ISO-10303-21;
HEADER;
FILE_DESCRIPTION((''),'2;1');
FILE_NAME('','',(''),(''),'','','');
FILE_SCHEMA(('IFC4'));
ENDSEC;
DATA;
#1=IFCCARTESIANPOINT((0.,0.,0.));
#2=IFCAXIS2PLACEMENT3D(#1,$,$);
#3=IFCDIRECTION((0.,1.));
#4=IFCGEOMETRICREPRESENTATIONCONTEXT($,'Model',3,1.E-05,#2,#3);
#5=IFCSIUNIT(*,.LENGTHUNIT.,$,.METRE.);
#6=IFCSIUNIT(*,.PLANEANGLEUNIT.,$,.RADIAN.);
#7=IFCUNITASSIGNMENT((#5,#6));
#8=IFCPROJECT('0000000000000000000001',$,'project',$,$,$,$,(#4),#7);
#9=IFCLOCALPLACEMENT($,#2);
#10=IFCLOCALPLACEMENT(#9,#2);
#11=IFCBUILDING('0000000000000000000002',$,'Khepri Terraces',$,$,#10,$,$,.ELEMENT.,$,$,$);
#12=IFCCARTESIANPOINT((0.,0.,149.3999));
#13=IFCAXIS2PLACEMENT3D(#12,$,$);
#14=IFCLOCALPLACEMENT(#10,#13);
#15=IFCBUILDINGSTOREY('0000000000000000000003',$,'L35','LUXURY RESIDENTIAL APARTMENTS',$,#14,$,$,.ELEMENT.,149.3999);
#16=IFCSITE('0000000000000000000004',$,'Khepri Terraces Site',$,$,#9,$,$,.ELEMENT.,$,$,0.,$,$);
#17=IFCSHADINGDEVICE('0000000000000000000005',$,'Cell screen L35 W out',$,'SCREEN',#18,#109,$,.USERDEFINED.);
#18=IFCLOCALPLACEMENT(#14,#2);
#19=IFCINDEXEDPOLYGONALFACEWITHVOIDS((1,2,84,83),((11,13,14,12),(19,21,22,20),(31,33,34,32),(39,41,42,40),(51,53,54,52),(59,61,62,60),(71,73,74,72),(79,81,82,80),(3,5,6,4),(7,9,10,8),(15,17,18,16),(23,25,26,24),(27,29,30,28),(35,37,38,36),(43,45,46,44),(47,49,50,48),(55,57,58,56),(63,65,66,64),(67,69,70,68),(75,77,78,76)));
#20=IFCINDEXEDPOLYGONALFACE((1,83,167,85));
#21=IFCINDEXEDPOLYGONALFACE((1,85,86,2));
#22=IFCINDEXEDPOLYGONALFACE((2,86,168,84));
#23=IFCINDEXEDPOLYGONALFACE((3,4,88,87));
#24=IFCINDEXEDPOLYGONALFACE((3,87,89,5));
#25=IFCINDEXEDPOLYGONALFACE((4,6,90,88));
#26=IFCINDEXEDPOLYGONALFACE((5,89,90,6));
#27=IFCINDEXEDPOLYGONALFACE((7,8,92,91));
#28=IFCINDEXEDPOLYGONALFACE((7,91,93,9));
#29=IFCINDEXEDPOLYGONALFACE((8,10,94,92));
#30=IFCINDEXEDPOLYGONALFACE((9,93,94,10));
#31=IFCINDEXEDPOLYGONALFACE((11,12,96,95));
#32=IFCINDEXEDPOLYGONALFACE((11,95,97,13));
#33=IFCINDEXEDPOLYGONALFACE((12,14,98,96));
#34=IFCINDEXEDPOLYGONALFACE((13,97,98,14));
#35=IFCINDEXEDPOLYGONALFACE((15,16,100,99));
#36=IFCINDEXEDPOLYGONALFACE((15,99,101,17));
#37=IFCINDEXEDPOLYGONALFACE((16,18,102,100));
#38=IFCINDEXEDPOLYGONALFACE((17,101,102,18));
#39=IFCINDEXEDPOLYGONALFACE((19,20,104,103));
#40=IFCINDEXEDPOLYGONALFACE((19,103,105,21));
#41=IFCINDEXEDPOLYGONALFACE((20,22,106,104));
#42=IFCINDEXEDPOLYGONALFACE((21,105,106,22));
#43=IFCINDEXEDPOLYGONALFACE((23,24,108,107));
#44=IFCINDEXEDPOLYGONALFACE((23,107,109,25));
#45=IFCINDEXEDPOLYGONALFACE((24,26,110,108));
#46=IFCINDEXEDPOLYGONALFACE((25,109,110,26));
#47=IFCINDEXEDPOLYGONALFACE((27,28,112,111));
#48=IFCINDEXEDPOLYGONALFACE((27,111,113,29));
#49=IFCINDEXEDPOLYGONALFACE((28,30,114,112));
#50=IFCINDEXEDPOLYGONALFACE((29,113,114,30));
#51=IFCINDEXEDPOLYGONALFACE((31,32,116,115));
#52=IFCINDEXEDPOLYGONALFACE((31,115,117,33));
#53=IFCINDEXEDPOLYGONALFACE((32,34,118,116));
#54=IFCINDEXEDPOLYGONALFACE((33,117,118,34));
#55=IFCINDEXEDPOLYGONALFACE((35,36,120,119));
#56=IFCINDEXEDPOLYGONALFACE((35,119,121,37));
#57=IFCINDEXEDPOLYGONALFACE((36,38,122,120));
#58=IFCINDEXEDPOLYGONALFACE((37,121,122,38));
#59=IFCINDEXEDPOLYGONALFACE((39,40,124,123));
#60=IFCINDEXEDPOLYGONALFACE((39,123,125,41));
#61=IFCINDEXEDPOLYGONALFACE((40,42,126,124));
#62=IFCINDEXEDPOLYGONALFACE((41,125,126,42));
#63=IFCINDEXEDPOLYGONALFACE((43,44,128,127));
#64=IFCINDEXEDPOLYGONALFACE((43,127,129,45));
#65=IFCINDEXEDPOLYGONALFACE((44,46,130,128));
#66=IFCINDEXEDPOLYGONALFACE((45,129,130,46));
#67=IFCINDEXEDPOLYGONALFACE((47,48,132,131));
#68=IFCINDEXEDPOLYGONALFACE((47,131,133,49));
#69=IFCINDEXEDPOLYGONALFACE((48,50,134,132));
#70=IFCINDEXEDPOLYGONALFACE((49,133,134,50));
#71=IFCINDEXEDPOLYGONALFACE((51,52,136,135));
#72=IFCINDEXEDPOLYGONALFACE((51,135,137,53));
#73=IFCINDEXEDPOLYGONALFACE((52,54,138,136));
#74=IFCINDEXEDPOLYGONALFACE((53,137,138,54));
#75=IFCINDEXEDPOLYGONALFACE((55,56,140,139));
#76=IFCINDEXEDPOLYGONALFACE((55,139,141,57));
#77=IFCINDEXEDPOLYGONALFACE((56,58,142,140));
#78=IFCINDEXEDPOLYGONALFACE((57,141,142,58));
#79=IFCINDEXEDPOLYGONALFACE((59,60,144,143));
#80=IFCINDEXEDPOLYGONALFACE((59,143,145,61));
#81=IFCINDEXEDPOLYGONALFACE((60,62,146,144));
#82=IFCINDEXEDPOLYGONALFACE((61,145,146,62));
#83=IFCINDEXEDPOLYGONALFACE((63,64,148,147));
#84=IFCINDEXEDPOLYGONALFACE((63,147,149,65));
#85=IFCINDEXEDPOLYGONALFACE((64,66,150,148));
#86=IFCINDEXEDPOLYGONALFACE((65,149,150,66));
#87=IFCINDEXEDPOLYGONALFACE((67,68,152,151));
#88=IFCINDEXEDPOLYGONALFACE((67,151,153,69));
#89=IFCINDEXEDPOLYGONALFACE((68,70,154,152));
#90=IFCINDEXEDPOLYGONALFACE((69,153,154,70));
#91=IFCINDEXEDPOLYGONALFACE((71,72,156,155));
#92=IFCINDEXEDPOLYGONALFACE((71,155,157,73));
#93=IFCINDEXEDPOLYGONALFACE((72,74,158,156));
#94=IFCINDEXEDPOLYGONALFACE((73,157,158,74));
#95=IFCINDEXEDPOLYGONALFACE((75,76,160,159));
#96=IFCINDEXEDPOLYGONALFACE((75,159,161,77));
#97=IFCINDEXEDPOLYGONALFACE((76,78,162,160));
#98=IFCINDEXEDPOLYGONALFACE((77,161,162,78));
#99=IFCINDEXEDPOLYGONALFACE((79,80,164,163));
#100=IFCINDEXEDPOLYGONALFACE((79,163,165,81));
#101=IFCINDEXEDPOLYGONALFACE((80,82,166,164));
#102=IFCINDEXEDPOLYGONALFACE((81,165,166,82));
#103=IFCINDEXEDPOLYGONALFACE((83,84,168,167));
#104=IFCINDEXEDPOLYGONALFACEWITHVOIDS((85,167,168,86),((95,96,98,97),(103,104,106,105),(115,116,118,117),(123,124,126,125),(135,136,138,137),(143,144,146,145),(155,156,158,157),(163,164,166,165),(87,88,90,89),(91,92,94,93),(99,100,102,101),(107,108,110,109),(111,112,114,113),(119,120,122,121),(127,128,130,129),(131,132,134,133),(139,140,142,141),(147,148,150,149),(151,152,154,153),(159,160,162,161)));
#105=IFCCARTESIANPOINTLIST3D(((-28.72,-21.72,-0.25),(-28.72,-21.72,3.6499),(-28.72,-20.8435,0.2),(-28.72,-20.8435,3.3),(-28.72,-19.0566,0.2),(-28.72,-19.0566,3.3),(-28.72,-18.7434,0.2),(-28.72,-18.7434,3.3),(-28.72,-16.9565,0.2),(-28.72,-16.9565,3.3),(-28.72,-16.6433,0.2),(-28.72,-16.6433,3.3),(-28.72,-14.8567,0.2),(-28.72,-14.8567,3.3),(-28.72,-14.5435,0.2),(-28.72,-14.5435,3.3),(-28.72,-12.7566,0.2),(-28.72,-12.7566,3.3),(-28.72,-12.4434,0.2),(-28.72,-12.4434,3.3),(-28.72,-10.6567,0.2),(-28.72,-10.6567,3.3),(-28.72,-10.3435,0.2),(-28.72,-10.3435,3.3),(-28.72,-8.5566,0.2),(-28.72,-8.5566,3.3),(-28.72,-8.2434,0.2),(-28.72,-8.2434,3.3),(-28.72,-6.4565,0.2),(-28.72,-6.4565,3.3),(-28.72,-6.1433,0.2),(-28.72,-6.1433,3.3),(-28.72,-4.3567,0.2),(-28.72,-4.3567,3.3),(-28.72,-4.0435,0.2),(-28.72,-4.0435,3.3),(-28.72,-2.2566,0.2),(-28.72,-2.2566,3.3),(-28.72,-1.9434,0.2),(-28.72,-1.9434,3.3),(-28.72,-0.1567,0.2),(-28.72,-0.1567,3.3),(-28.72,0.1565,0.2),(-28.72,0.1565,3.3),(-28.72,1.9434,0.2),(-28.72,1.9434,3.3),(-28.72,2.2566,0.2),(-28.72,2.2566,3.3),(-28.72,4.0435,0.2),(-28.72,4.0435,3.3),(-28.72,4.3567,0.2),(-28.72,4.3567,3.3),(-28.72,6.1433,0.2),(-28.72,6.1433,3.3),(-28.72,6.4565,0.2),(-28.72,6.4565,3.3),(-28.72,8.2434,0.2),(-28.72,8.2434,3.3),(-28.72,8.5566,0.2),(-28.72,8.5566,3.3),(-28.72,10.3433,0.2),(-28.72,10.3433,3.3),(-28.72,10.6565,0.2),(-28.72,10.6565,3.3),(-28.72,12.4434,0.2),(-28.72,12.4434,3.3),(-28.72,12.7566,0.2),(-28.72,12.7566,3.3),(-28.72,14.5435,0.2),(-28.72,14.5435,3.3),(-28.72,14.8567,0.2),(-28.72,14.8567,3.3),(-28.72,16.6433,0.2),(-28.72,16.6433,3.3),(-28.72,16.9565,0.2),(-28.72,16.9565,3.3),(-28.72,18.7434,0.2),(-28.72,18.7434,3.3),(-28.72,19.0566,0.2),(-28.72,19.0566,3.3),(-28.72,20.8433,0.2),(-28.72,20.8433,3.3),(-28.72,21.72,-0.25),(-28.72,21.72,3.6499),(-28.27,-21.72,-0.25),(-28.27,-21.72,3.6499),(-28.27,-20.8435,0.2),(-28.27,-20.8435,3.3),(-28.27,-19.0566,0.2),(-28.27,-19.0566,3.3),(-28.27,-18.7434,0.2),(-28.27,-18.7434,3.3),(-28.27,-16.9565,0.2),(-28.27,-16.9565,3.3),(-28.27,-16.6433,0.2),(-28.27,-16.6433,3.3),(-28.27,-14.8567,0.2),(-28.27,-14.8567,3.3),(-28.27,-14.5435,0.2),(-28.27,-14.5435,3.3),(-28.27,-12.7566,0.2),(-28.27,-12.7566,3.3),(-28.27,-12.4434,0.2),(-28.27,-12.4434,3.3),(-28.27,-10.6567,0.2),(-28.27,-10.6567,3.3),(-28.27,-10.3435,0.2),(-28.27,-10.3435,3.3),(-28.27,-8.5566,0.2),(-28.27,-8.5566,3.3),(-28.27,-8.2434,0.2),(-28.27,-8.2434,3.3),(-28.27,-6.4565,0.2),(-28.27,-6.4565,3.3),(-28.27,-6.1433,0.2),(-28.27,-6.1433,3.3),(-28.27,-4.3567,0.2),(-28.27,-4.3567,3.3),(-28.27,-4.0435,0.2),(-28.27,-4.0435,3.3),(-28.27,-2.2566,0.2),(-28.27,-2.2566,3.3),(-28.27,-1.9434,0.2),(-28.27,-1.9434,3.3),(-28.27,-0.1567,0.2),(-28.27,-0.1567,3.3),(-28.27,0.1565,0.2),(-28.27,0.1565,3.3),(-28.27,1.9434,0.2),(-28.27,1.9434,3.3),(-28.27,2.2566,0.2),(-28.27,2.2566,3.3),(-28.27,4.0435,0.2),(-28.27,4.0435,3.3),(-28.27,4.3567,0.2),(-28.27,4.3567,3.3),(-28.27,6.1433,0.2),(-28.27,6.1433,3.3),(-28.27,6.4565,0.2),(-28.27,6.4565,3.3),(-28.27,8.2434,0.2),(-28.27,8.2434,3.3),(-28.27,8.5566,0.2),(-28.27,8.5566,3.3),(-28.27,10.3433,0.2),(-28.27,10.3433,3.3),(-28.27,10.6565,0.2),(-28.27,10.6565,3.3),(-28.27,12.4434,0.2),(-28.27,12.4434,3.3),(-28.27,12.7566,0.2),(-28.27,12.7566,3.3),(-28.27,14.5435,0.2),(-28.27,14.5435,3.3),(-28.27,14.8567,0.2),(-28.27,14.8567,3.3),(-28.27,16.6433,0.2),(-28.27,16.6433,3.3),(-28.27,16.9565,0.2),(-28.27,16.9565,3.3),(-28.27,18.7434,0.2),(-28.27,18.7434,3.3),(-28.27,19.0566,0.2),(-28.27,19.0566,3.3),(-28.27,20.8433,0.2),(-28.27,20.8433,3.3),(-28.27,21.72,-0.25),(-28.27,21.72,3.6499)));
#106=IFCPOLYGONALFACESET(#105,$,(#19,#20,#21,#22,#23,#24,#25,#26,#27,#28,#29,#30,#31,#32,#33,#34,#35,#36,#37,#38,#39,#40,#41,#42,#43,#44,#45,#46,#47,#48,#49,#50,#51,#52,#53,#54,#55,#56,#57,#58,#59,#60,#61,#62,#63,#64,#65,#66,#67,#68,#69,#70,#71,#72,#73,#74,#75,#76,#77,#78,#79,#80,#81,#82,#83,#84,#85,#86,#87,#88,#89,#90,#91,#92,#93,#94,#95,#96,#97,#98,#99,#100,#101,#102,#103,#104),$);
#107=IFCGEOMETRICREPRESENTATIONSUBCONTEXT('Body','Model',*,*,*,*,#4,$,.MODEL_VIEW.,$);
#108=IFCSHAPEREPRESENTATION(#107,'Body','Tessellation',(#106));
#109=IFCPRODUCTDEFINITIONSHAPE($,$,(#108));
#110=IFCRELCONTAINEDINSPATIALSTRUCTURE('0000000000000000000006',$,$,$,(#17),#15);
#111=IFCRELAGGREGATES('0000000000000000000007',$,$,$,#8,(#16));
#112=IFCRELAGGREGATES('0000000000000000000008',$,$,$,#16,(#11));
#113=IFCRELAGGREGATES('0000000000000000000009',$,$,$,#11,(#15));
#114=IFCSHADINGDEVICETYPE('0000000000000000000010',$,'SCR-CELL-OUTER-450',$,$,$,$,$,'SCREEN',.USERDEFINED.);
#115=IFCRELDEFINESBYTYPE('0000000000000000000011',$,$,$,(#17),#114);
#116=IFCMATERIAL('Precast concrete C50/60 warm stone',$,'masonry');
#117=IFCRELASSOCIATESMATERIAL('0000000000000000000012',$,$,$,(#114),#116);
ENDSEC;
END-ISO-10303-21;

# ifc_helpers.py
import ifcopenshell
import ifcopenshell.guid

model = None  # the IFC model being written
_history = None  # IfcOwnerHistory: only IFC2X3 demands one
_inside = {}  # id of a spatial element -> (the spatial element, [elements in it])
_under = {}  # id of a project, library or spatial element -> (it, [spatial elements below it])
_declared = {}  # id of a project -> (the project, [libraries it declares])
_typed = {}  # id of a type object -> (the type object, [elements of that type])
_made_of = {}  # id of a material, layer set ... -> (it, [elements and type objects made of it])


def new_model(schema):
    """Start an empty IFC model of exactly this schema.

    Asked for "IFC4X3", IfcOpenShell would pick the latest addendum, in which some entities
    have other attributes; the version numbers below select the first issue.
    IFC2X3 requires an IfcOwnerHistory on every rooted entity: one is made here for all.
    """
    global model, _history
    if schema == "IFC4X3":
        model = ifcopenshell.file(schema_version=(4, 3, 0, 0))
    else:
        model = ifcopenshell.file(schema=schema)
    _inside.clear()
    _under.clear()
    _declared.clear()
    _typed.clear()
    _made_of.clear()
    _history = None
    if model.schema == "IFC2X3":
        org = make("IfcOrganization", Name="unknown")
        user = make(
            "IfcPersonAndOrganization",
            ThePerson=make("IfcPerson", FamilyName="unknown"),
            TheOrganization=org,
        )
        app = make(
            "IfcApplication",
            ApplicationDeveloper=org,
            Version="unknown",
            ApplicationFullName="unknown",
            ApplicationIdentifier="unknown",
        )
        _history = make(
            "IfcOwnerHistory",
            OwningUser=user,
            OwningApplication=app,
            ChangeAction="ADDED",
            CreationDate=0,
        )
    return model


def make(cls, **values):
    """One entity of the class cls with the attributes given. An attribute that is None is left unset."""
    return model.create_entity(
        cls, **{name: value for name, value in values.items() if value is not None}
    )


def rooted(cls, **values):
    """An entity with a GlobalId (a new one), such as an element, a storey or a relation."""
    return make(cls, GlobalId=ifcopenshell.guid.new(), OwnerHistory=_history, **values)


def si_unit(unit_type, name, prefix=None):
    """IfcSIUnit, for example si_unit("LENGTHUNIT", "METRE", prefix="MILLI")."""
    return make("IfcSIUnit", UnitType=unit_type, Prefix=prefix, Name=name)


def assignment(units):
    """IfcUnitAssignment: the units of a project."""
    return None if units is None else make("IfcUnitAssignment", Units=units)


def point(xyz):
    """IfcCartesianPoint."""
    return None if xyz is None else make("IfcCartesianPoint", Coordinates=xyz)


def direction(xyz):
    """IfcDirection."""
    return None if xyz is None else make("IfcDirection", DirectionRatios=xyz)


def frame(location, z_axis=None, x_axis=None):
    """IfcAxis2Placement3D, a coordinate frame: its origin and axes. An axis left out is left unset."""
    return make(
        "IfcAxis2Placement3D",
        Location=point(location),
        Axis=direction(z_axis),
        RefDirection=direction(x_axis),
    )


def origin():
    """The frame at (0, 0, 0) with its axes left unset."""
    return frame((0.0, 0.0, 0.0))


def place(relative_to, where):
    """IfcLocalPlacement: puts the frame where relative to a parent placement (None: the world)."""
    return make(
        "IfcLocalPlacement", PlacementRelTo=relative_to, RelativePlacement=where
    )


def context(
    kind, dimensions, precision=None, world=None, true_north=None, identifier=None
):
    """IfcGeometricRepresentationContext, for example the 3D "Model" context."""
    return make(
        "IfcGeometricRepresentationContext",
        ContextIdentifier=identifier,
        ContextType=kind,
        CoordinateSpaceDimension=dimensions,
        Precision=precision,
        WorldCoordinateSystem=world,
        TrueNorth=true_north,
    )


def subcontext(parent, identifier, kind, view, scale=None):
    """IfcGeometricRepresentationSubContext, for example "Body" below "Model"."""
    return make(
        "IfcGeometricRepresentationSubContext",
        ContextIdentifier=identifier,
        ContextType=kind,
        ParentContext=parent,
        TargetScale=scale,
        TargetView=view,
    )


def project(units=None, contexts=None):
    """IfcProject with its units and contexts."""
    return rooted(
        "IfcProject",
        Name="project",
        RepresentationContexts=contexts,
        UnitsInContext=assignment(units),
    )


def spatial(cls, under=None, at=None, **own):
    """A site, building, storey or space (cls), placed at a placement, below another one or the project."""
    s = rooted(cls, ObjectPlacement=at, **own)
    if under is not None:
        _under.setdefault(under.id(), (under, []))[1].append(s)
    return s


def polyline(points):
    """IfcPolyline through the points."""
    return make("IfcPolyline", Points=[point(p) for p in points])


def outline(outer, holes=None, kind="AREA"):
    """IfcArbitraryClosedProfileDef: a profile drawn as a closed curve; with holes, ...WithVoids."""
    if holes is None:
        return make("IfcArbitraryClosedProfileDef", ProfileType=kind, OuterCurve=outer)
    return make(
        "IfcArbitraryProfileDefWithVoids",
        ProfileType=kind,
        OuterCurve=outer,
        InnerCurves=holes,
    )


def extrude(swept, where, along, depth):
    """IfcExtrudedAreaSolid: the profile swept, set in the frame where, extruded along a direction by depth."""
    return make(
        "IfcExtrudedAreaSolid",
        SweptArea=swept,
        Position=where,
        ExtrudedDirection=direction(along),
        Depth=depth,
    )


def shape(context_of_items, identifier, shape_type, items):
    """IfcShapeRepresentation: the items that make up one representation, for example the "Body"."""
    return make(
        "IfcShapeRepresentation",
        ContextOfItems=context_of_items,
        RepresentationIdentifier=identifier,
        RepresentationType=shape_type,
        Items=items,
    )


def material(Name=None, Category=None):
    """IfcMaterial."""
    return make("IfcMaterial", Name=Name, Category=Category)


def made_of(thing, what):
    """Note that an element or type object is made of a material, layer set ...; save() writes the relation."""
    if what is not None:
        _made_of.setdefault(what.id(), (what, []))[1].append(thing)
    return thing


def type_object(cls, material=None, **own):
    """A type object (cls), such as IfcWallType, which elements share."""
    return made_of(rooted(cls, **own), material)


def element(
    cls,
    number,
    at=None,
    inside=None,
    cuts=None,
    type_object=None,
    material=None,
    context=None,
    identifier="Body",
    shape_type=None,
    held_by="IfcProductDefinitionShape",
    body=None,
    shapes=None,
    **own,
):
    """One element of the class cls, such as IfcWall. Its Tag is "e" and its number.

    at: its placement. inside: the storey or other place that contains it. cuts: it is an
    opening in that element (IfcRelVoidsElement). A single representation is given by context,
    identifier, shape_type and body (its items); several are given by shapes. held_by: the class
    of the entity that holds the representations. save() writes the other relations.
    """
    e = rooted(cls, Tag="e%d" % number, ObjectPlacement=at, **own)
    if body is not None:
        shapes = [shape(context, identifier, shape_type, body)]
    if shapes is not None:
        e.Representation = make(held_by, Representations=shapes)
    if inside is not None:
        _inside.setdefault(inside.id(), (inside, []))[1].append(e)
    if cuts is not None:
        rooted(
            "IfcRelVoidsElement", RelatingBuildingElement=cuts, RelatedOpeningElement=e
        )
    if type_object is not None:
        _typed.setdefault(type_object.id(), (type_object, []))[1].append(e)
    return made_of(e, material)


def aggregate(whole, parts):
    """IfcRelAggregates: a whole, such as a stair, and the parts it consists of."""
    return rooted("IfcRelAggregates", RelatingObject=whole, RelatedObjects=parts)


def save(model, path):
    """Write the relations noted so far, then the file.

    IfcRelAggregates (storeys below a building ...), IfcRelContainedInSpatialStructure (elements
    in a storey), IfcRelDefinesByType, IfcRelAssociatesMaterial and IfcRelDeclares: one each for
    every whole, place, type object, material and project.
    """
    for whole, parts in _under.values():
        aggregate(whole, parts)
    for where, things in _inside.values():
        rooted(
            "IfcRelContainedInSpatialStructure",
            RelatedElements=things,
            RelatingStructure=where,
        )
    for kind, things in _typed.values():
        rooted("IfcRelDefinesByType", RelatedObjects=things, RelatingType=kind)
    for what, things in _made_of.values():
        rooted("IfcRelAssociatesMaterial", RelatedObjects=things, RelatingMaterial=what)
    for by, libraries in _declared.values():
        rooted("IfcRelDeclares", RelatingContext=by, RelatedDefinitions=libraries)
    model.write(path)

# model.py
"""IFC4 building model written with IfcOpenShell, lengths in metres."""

from ifc_helpers import new_model, si_unit, direction, frame, origin, place, context, subcontext, project, spatial, polyline, outline, extrude, material, type_object, element, save


model = new_model("IFC4")

# Units and contexts
model_context = context("Model", 3, precision=1e-05, world=origin(), true_north=direction((0.0, 1.0)))
body_context = subcontext(model_context, "Body", "Model", "MODEL_VIEW")
ifc_project = project(units=[si_unit("LENGTHUNIT", "METRE"), si_unit("PLANEANGLEUNIT", "RADIAN")], contexts=[model_context])

# Site, building, storey
site_placement = place(None, origin())
site = spatial("IfcSite", under=ifc_project, at=site_placement, Name="Khepri Terraces Site", CompositionType="ELEMENT", RefElevation=0.0)
building_placement = place(site_placement, origin())
building = spatial("IfcBuilding", under=site, at=building_placement, Name="Khepri Terraces", CompositionType="ELEMENT")
storey_placement = place(building_placement, frame((0.0, 0.0, 149.3999)))
storey = spatial("IfcBuildingStorey", under=building, at=storey_placement, Name="L35", Description="LUXURY RESIDENTIAL APARTMENTS", CompositionType="ELEMENT", Elevation=149.3999)

# Shared definitions
ifc_material_1 = material(Name="Precast concrete C50/60 warm stone", Category="masonry")

# Shading device
shading_device_type_1 = type_object("IfcShadingDeviceType", Name="SCR-CELL-OUTER-450", ElementType="SCREEN", PredefinedType="USERDEFINED", material=ifc_material_1)
shading_device_1_placement = place(storey_placement, frame((-28.27, 21.72, -0.25), z_axis=(-1.0, 0.0, 0.0), x_axis=(0.0, -1.0, 0.0)))
element("IfcShadingDevice", 1, at=shading_device_1_placement, inside=storey, type_object=shading_device_type_1, Name="Cell screen L35 W out", ObjectType="SCREEN", PredefinedType="USERDEFINED", context=body_context, shape_type="SweptSolid", body=[
    extrude(outline(polyline([(0.0, 0.0), (43.4399, 0.0), (43.4399, 3.8999), (0.0, 3.8999), (0.0, 0.0)]), holes=[polyline([(0.8767, 0.45), (2.6633, 0.45), (2.6633, 3.55), (0.8767, 3.55), (0.8767, 0.45)]), polyline([(2.9766, 0.45), (4.7634, 0.45), (4.7634, 3.55), (2.9766, 3.55), (2.9766, 0.45)]), polyline([(5.0767, 0.45), (6.8633, 0.45), (6.8633, 3.55), (5.0767, 3.55), (5.0767, 0.45)]), polyline([(7.1765, 0.45), (8.9634, 0.45), (8.9634, 3.55), (7.1765, 3.55), (7.1765, 0.45)]), polyline([(9.2766, 0.45), (11.0635, 0.45), (11.0635, 3.55), (9.2766, 3.55), (9.2766, 0.45)]), polyline([(11.3767, 0.45), (13.1633, 0.45), (13.1633, 3.55), (11.3767, 3.55), (11.3767, 0.45)]), polyline([(13.4766, 0.45), (15.2634, 0.45), (15.2634, 3.55), (13.4766, 3.55), (13.4766, 0.45)]), polyline([(15.5767, 0.45), (17.3633, 0.45), (17.3633, 3.55), (15.5767, 3.55), (15.5767, 0.45)]), polyline([(17.6765, 0.45), (19.4634, 0.45), (19.4634, 3.55), (17.6765, 3.55), (17.6765, 0.45)]), polyline([(19.7766, 0.45), (21.5635, 0.45), (21.5635, 3.55), (19.7766, 3.55), (19.7766, 0.45)]), polyline([(21.8767, 0.45), (23.6633, 0.45), (23.6633, 3.55), (21.8767, 3.55), (21.8767, 0.45)]), polyline([(23.9766, 0.45), (25.7634, 0.45), (25.7634, 3.55), (23.9766, 3.55), (23.9766, 0.45)]), polyline([(26.0767, 0.45), (27.8633, 0.45), (27.8633, 3.55), (26.0767, 3.55), (26.0767, 0.45)]), polyline([(28.1765, 0.45), (29.9634, 0.45), (29.9634, 3.55), (28.1765, 3.55), (28.1765, 0.45)]), polyline([(30.2766, 0.45), (32.0635, 0.45), (32.0635, 3.55), (30.2766, 3.55), (30.2766, 0.45)]), polyline([(32.3767, 0.45), (34.1633, 0.45), (34.1633, 3.55), (32.3767, 3.55), (32.3767, 0.45)]), polyline([(34.4766, 0.45), (36.2634, 0.45), (36.2634, 3.55), (34.4766, 3.55), (34.4766, 0.45)]), polyline([(36.5767, 0.45), (38.3633, 0.45), (38.3633, 3.55), (36.5767, 3.55), (36.5767, 0.45)]), polyline([(38.6765, 0.45), (40.4634, 0.45), (40.4634, 3.55), (38.6765, 3.55), (38.6765, 0.45)]), polyline([(40.7766, 0.45), (42.5635, 0.45), (42.5635, 3.55), (40.7766, 3.55), (40.7766, 0.45)])]), origin(), (0.0, 0.0, 1.0), 0.45),
])

save(model, "model.ifc")
